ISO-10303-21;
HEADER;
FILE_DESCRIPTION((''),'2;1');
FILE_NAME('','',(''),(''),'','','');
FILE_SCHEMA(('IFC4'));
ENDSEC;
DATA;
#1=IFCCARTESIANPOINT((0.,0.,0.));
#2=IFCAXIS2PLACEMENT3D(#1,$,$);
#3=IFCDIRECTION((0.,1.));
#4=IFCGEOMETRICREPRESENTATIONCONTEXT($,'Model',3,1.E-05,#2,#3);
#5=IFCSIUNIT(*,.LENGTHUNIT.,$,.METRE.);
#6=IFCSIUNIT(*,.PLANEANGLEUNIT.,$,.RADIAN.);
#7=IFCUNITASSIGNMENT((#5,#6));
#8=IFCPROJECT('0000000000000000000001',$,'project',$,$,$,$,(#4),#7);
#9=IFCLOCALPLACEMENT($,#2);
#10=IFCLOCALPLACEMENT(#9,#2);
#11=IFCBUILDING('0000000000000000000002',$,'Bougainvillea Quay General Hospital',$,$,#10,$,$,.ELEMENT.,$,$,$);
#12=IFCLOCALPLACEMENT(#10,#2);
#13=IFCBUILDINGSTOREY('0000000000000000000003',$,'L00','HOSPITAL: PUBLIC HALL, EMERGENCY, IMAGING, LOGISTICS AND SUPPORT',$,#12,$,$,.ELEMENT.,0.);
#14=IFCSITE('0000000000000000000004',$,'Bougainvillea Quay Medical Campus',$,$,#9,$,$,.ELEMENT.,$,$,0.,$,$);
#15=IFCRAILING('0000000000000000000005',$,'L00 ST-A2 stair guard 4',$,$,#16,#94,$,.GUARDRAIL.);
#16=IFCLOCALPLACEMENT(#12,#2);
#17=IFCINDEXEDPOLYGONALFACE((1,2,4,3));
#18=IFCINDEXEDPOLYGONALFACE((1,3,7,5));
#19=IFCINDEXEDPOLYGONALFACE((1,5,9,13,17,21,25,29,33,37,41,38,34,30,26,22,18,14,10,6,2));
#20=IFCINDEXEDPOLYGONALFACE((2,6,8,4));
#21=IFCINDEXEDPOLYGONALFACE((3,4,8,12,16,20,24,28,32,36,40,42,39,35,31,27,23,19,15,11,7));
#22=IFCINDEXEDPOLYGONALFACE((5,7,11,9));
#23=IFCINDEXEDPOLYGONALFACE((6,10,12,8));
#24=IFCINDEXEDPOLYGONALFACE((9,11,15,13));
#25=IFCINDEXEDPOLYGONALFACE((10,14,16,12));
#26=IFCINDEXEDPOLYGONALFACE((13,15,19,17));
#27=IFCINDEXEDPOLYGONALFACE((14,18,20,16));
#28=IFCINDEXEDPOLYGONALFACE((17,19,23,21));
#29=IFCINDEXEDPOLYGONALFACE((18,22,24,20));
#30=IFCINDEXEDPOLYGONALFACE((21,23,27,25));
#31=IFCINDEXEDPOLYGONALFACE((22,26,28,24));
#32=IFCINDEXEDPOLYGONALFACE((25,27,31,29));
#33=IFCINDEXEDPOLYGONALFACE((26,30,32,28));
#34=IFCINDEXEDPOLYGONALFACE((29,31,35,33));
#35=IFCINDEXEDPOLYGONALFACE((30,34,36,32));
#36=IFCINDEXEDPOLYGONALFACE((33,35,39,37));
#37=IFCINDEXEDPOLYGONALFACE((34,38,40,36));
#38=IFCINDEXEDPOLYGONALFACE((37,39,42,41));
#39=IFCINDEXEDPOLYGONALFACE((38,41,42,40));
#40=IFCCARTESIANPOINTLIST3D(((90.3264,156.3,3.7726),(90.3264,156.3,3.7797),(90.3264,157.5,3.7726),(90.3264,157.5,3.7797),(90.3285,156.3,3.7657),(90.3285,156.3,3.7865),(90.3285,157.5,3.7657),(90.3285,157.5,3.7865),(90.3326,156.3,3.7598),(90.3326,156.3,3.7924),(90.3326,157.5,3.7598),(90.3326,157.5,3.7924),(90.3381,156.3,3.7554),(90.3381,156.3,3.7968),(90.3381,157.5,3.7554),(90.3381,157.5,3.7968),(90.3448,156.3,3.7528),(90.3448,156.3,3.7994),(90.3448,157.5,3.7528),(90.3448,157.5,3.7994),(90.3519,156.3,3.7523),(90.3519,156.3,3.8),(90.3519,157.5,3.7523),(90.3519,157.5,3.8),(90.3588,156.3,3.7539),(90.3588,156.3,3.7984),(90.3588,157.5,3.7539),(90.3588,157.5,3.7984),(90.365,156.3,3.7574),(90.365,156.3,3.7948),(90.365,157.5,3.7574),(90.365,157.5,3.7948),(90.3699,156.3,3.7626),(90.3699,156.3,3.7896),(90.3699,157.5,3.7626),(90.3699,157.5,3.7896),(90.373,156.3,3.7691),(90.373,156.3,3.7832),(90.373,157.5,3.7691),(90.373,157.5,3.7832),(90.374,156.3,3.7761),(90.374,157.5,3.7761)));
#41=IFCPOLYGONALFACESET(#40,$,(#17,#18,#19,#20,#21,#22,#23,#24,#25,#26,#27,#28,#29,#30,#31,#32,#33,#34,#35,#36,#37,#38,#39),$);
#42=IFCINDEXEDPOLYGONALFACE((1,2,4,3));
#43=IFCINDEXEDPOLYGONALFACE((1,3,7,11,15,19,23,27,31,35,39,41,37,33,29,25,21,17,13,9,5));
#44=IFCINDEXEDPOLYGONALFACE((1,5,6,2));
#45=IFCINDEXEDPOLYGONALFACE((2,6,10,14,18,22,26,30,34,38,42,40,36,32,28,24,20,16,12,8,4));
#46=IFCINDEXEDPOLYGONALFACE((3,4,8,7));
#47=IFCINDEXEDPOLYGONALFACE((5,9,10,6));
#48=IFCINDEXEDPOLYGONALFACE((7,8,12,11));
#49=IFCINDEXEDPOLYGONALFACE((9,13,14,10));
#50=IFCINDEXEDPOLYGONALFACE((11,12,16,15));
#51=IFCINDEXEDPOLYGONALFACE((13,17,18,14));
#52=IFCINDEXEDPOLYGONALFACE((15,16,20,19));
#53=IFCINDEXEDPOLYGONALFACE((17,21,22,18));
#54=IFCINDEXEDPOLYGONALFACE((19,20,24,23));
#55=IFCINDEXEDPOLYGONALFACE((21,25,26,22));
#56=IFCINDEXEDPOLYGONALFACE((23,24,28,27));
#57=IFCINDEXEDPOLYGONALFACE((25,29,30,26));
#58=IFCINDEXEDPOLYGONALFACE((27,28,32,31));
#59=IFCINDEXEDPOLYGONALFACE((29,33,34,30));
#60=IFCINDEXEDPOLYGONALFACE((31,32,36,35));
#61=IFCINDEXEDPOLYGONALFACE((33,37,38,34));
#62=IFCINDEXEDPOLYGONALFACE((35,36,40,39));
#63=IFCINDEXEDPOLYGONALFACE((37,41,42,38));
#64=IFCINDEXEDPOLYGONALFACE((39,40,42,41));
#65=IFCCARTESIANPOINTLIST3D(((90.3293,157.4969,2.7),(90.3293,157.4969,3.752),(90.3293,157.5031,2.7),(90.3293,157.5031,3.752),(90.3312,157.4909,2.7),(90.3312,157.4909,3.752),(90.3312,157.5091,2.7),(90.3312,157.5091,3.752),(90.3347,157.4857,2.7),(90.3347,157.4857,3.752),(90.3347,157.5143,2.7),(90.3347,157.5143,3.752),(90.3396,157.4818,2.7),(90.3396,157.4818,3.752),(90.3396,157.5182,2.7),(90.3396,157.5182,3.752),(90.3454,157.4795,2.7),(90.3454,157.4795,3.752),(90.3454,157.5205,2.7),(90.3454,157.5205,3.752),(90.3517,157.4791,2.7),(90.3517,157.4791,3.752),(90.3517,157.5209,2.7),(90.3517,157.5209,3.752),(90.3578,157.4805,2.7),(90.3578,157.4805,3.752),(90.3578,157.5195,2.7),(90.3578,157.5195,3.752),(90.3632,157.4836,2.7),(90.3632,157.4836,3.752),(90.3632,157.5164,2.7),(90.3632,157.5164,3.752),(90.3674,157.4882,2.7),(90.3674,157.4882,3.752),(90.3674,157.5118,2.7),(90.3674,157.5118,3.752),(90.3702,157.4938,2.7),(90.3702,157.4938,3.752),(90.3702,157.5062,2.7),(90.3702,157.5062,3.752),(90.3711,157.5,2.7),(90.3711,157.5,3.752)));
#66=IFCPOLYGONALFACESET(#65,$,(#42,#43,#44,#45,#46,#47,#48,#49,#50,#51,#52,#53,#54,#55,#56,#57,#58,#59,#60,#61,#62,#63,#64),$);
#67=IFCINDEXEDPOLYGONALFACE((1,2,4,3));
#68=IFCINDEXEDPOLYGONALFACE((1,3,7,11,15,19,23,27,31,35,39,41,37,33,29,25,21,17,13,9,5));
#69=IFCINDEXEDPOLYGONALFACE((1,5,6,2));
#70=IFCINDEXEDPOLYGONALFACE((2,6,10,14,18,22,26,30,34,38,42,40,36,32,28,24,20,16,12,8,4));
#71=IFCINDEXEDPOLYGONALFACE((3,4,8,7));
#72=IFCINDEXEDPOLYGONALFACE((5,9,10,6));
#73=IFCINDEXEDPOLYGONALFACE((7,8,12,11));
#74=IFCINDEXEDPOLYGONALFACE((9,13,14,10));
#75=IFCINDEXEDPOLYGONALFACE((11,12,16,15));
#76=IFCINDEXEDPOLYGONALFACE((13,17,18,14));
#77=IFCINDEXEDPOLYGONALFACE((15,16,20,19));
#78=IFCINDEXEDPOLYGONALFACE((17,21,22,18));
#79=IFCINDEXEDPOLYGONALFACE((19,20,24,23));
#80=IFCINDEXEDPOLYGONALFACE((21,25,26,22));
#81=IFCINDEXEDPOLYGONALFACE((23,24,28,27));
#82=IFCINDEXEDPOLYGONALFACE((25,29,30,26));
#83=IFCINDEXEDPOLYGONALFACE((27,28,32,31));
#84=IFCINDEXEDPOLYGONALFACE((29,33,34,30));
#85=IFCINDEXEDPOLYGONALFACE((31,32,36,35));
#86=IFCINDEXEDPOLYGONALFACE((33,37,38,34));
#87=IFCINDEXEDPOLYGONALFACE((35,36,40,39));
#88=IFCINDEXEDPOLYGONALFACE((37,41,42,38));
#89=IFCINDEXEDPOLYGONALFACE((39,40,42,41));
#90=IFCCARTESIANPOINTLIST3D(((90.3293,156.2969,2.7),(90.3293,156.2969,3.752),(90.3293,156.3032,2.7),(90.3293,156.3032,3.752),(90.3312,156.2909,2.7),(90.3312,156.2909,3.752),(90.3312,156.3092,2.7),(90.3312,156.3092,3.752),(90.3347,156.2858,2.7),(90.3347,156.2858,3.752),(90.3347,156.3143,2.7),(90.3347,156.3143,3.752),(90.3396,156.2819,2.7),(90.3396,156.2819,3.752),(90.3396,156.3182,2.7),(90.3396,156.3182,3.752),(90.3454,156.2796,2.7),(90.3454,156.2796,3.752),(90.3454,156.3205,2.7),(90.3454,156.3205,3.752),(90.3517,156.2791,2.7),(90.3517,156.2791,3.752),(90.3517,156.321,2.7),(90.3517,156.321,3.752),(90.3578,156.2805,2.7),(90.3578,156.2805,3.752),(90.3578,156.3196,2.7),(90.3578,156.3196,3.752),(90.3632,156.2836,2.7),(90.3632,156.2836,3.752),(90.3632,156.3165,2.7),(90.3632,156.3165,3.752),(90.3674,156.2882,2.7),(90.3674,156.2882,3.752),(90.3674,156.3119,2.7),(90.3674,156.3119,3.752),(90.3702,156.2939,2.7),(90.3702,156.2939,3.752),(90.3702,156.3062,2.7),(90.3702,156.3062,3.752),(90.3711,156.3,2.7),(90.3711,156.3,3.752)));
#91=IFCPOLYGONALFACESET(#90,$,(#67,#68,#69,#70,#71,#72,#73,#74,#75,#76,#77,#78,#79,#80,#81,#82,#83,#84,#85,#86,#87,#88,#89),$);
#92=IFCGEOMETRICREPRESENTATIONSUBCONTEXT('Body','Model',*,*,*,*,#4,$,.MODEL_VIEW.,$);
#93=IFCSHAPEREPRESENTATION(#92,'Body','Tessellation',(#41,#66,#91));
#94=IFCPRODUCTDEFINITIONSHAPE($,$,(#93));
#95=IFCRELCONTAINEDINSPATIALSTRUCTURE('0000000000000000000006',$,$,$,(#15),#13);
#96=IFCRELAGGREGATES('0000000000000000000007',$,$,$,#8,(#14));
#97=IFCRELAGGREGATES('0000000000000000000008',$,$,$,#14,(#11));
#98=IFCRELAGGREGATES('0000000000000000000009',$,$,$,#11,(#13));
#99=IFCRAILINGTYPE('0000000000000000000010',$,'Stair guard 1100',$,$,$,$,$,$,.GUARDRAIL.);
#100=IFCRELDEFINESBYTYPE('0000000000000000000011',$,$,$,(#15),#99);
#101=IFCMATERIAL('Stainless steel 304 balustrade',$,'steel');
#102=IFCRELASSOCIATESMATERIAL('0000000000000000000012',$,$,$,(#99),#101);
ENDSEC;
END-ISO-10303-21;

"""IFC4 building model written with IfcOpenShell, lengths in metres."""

from ifc_helpers import new_model, si_unit, direction, frame, origin, origin_2d, place, context, subcontext, project, spatial, circle, extrude, material, type_object, element, save


model = new_model("IFC4")

# Units and contexts
model_context = context("Model", 3, precision=1e-05, world=origin(), true_north=direction((0.0, 1.0)))
body_context = subcontext(model_context, "Body", "Model", "MODEL_VIEW")
ifc_project = project(units=[si_unit("LENGTHUNIT", "METRE"), si_unit("PLANEANGLEUNIT", "RADIAN")], contexts=[model_context])

# Site, building, storey
site_placement = place(None, origin())
site = spatial("IfcSite", under=ifc_project, at=site_placement, Name="Bougainvillea Quay Medical Campus", CompositionType="ELEMENT", RefElevation=0.0)
building_placement = place(site_placement, origin())
building = spatial("IfcBuilding", under=site, at=building_placement, Name="Bougainvillea Quay General Hospital", CompositionType="ELEMENT")
storey_placement = place(building_placement, origin())
storey = spatial("IfcBuildingStorey", under=building, at=storey_placement, Name="L00", Description="HOSPITAL: PUBLIC HALL, EMERGENCY, IMAGING, LOGISTICS AND SUPPORT", CompositionType="ELEMENT", Elevation=0.0)

# Railing
ifc_material_1 = material(Name="Stainless steel 304 balustrade", Category="steel")
railing_type_1 = type_object("IfcRailingType", Name="Stair guard 1100", PredefinedType="GUARDRAIL", material=ifc_material_1)
railing_1_placement = place(storey_placement, frame((90.3501, 157.5, 2.7)))
element("IfcRailing", 1, at=railing_1_placement, inside=storey, type_object=railing_type_1, Name="L00 ST-A2 stair guard 4", PredefinedType="GUARDRAIL", context=body_context, shape_type="SweptSolid", body=[
    extrude(circle(Radius=0.0239, at=origin_2d()), frame((0.0, 0.0, 1.0762), z_axis=(0.0, -1.0, 0.0), x_axis=(1.0, 0.0, 0.0)), (0.0, 0.0, 1.0), 1.2),
    extrude(circle(Radius=0.021, at=origin_2d()), origin(), (0.0, 0.0, 1.0), 1.052),
    extrude(circle(Radius=0.021, at=origin_2d()), frame((0.0, -1.2, 0.0)), (0.0, 0.0, 1.0), 1.052),
])

save(model, "model.ifc")
